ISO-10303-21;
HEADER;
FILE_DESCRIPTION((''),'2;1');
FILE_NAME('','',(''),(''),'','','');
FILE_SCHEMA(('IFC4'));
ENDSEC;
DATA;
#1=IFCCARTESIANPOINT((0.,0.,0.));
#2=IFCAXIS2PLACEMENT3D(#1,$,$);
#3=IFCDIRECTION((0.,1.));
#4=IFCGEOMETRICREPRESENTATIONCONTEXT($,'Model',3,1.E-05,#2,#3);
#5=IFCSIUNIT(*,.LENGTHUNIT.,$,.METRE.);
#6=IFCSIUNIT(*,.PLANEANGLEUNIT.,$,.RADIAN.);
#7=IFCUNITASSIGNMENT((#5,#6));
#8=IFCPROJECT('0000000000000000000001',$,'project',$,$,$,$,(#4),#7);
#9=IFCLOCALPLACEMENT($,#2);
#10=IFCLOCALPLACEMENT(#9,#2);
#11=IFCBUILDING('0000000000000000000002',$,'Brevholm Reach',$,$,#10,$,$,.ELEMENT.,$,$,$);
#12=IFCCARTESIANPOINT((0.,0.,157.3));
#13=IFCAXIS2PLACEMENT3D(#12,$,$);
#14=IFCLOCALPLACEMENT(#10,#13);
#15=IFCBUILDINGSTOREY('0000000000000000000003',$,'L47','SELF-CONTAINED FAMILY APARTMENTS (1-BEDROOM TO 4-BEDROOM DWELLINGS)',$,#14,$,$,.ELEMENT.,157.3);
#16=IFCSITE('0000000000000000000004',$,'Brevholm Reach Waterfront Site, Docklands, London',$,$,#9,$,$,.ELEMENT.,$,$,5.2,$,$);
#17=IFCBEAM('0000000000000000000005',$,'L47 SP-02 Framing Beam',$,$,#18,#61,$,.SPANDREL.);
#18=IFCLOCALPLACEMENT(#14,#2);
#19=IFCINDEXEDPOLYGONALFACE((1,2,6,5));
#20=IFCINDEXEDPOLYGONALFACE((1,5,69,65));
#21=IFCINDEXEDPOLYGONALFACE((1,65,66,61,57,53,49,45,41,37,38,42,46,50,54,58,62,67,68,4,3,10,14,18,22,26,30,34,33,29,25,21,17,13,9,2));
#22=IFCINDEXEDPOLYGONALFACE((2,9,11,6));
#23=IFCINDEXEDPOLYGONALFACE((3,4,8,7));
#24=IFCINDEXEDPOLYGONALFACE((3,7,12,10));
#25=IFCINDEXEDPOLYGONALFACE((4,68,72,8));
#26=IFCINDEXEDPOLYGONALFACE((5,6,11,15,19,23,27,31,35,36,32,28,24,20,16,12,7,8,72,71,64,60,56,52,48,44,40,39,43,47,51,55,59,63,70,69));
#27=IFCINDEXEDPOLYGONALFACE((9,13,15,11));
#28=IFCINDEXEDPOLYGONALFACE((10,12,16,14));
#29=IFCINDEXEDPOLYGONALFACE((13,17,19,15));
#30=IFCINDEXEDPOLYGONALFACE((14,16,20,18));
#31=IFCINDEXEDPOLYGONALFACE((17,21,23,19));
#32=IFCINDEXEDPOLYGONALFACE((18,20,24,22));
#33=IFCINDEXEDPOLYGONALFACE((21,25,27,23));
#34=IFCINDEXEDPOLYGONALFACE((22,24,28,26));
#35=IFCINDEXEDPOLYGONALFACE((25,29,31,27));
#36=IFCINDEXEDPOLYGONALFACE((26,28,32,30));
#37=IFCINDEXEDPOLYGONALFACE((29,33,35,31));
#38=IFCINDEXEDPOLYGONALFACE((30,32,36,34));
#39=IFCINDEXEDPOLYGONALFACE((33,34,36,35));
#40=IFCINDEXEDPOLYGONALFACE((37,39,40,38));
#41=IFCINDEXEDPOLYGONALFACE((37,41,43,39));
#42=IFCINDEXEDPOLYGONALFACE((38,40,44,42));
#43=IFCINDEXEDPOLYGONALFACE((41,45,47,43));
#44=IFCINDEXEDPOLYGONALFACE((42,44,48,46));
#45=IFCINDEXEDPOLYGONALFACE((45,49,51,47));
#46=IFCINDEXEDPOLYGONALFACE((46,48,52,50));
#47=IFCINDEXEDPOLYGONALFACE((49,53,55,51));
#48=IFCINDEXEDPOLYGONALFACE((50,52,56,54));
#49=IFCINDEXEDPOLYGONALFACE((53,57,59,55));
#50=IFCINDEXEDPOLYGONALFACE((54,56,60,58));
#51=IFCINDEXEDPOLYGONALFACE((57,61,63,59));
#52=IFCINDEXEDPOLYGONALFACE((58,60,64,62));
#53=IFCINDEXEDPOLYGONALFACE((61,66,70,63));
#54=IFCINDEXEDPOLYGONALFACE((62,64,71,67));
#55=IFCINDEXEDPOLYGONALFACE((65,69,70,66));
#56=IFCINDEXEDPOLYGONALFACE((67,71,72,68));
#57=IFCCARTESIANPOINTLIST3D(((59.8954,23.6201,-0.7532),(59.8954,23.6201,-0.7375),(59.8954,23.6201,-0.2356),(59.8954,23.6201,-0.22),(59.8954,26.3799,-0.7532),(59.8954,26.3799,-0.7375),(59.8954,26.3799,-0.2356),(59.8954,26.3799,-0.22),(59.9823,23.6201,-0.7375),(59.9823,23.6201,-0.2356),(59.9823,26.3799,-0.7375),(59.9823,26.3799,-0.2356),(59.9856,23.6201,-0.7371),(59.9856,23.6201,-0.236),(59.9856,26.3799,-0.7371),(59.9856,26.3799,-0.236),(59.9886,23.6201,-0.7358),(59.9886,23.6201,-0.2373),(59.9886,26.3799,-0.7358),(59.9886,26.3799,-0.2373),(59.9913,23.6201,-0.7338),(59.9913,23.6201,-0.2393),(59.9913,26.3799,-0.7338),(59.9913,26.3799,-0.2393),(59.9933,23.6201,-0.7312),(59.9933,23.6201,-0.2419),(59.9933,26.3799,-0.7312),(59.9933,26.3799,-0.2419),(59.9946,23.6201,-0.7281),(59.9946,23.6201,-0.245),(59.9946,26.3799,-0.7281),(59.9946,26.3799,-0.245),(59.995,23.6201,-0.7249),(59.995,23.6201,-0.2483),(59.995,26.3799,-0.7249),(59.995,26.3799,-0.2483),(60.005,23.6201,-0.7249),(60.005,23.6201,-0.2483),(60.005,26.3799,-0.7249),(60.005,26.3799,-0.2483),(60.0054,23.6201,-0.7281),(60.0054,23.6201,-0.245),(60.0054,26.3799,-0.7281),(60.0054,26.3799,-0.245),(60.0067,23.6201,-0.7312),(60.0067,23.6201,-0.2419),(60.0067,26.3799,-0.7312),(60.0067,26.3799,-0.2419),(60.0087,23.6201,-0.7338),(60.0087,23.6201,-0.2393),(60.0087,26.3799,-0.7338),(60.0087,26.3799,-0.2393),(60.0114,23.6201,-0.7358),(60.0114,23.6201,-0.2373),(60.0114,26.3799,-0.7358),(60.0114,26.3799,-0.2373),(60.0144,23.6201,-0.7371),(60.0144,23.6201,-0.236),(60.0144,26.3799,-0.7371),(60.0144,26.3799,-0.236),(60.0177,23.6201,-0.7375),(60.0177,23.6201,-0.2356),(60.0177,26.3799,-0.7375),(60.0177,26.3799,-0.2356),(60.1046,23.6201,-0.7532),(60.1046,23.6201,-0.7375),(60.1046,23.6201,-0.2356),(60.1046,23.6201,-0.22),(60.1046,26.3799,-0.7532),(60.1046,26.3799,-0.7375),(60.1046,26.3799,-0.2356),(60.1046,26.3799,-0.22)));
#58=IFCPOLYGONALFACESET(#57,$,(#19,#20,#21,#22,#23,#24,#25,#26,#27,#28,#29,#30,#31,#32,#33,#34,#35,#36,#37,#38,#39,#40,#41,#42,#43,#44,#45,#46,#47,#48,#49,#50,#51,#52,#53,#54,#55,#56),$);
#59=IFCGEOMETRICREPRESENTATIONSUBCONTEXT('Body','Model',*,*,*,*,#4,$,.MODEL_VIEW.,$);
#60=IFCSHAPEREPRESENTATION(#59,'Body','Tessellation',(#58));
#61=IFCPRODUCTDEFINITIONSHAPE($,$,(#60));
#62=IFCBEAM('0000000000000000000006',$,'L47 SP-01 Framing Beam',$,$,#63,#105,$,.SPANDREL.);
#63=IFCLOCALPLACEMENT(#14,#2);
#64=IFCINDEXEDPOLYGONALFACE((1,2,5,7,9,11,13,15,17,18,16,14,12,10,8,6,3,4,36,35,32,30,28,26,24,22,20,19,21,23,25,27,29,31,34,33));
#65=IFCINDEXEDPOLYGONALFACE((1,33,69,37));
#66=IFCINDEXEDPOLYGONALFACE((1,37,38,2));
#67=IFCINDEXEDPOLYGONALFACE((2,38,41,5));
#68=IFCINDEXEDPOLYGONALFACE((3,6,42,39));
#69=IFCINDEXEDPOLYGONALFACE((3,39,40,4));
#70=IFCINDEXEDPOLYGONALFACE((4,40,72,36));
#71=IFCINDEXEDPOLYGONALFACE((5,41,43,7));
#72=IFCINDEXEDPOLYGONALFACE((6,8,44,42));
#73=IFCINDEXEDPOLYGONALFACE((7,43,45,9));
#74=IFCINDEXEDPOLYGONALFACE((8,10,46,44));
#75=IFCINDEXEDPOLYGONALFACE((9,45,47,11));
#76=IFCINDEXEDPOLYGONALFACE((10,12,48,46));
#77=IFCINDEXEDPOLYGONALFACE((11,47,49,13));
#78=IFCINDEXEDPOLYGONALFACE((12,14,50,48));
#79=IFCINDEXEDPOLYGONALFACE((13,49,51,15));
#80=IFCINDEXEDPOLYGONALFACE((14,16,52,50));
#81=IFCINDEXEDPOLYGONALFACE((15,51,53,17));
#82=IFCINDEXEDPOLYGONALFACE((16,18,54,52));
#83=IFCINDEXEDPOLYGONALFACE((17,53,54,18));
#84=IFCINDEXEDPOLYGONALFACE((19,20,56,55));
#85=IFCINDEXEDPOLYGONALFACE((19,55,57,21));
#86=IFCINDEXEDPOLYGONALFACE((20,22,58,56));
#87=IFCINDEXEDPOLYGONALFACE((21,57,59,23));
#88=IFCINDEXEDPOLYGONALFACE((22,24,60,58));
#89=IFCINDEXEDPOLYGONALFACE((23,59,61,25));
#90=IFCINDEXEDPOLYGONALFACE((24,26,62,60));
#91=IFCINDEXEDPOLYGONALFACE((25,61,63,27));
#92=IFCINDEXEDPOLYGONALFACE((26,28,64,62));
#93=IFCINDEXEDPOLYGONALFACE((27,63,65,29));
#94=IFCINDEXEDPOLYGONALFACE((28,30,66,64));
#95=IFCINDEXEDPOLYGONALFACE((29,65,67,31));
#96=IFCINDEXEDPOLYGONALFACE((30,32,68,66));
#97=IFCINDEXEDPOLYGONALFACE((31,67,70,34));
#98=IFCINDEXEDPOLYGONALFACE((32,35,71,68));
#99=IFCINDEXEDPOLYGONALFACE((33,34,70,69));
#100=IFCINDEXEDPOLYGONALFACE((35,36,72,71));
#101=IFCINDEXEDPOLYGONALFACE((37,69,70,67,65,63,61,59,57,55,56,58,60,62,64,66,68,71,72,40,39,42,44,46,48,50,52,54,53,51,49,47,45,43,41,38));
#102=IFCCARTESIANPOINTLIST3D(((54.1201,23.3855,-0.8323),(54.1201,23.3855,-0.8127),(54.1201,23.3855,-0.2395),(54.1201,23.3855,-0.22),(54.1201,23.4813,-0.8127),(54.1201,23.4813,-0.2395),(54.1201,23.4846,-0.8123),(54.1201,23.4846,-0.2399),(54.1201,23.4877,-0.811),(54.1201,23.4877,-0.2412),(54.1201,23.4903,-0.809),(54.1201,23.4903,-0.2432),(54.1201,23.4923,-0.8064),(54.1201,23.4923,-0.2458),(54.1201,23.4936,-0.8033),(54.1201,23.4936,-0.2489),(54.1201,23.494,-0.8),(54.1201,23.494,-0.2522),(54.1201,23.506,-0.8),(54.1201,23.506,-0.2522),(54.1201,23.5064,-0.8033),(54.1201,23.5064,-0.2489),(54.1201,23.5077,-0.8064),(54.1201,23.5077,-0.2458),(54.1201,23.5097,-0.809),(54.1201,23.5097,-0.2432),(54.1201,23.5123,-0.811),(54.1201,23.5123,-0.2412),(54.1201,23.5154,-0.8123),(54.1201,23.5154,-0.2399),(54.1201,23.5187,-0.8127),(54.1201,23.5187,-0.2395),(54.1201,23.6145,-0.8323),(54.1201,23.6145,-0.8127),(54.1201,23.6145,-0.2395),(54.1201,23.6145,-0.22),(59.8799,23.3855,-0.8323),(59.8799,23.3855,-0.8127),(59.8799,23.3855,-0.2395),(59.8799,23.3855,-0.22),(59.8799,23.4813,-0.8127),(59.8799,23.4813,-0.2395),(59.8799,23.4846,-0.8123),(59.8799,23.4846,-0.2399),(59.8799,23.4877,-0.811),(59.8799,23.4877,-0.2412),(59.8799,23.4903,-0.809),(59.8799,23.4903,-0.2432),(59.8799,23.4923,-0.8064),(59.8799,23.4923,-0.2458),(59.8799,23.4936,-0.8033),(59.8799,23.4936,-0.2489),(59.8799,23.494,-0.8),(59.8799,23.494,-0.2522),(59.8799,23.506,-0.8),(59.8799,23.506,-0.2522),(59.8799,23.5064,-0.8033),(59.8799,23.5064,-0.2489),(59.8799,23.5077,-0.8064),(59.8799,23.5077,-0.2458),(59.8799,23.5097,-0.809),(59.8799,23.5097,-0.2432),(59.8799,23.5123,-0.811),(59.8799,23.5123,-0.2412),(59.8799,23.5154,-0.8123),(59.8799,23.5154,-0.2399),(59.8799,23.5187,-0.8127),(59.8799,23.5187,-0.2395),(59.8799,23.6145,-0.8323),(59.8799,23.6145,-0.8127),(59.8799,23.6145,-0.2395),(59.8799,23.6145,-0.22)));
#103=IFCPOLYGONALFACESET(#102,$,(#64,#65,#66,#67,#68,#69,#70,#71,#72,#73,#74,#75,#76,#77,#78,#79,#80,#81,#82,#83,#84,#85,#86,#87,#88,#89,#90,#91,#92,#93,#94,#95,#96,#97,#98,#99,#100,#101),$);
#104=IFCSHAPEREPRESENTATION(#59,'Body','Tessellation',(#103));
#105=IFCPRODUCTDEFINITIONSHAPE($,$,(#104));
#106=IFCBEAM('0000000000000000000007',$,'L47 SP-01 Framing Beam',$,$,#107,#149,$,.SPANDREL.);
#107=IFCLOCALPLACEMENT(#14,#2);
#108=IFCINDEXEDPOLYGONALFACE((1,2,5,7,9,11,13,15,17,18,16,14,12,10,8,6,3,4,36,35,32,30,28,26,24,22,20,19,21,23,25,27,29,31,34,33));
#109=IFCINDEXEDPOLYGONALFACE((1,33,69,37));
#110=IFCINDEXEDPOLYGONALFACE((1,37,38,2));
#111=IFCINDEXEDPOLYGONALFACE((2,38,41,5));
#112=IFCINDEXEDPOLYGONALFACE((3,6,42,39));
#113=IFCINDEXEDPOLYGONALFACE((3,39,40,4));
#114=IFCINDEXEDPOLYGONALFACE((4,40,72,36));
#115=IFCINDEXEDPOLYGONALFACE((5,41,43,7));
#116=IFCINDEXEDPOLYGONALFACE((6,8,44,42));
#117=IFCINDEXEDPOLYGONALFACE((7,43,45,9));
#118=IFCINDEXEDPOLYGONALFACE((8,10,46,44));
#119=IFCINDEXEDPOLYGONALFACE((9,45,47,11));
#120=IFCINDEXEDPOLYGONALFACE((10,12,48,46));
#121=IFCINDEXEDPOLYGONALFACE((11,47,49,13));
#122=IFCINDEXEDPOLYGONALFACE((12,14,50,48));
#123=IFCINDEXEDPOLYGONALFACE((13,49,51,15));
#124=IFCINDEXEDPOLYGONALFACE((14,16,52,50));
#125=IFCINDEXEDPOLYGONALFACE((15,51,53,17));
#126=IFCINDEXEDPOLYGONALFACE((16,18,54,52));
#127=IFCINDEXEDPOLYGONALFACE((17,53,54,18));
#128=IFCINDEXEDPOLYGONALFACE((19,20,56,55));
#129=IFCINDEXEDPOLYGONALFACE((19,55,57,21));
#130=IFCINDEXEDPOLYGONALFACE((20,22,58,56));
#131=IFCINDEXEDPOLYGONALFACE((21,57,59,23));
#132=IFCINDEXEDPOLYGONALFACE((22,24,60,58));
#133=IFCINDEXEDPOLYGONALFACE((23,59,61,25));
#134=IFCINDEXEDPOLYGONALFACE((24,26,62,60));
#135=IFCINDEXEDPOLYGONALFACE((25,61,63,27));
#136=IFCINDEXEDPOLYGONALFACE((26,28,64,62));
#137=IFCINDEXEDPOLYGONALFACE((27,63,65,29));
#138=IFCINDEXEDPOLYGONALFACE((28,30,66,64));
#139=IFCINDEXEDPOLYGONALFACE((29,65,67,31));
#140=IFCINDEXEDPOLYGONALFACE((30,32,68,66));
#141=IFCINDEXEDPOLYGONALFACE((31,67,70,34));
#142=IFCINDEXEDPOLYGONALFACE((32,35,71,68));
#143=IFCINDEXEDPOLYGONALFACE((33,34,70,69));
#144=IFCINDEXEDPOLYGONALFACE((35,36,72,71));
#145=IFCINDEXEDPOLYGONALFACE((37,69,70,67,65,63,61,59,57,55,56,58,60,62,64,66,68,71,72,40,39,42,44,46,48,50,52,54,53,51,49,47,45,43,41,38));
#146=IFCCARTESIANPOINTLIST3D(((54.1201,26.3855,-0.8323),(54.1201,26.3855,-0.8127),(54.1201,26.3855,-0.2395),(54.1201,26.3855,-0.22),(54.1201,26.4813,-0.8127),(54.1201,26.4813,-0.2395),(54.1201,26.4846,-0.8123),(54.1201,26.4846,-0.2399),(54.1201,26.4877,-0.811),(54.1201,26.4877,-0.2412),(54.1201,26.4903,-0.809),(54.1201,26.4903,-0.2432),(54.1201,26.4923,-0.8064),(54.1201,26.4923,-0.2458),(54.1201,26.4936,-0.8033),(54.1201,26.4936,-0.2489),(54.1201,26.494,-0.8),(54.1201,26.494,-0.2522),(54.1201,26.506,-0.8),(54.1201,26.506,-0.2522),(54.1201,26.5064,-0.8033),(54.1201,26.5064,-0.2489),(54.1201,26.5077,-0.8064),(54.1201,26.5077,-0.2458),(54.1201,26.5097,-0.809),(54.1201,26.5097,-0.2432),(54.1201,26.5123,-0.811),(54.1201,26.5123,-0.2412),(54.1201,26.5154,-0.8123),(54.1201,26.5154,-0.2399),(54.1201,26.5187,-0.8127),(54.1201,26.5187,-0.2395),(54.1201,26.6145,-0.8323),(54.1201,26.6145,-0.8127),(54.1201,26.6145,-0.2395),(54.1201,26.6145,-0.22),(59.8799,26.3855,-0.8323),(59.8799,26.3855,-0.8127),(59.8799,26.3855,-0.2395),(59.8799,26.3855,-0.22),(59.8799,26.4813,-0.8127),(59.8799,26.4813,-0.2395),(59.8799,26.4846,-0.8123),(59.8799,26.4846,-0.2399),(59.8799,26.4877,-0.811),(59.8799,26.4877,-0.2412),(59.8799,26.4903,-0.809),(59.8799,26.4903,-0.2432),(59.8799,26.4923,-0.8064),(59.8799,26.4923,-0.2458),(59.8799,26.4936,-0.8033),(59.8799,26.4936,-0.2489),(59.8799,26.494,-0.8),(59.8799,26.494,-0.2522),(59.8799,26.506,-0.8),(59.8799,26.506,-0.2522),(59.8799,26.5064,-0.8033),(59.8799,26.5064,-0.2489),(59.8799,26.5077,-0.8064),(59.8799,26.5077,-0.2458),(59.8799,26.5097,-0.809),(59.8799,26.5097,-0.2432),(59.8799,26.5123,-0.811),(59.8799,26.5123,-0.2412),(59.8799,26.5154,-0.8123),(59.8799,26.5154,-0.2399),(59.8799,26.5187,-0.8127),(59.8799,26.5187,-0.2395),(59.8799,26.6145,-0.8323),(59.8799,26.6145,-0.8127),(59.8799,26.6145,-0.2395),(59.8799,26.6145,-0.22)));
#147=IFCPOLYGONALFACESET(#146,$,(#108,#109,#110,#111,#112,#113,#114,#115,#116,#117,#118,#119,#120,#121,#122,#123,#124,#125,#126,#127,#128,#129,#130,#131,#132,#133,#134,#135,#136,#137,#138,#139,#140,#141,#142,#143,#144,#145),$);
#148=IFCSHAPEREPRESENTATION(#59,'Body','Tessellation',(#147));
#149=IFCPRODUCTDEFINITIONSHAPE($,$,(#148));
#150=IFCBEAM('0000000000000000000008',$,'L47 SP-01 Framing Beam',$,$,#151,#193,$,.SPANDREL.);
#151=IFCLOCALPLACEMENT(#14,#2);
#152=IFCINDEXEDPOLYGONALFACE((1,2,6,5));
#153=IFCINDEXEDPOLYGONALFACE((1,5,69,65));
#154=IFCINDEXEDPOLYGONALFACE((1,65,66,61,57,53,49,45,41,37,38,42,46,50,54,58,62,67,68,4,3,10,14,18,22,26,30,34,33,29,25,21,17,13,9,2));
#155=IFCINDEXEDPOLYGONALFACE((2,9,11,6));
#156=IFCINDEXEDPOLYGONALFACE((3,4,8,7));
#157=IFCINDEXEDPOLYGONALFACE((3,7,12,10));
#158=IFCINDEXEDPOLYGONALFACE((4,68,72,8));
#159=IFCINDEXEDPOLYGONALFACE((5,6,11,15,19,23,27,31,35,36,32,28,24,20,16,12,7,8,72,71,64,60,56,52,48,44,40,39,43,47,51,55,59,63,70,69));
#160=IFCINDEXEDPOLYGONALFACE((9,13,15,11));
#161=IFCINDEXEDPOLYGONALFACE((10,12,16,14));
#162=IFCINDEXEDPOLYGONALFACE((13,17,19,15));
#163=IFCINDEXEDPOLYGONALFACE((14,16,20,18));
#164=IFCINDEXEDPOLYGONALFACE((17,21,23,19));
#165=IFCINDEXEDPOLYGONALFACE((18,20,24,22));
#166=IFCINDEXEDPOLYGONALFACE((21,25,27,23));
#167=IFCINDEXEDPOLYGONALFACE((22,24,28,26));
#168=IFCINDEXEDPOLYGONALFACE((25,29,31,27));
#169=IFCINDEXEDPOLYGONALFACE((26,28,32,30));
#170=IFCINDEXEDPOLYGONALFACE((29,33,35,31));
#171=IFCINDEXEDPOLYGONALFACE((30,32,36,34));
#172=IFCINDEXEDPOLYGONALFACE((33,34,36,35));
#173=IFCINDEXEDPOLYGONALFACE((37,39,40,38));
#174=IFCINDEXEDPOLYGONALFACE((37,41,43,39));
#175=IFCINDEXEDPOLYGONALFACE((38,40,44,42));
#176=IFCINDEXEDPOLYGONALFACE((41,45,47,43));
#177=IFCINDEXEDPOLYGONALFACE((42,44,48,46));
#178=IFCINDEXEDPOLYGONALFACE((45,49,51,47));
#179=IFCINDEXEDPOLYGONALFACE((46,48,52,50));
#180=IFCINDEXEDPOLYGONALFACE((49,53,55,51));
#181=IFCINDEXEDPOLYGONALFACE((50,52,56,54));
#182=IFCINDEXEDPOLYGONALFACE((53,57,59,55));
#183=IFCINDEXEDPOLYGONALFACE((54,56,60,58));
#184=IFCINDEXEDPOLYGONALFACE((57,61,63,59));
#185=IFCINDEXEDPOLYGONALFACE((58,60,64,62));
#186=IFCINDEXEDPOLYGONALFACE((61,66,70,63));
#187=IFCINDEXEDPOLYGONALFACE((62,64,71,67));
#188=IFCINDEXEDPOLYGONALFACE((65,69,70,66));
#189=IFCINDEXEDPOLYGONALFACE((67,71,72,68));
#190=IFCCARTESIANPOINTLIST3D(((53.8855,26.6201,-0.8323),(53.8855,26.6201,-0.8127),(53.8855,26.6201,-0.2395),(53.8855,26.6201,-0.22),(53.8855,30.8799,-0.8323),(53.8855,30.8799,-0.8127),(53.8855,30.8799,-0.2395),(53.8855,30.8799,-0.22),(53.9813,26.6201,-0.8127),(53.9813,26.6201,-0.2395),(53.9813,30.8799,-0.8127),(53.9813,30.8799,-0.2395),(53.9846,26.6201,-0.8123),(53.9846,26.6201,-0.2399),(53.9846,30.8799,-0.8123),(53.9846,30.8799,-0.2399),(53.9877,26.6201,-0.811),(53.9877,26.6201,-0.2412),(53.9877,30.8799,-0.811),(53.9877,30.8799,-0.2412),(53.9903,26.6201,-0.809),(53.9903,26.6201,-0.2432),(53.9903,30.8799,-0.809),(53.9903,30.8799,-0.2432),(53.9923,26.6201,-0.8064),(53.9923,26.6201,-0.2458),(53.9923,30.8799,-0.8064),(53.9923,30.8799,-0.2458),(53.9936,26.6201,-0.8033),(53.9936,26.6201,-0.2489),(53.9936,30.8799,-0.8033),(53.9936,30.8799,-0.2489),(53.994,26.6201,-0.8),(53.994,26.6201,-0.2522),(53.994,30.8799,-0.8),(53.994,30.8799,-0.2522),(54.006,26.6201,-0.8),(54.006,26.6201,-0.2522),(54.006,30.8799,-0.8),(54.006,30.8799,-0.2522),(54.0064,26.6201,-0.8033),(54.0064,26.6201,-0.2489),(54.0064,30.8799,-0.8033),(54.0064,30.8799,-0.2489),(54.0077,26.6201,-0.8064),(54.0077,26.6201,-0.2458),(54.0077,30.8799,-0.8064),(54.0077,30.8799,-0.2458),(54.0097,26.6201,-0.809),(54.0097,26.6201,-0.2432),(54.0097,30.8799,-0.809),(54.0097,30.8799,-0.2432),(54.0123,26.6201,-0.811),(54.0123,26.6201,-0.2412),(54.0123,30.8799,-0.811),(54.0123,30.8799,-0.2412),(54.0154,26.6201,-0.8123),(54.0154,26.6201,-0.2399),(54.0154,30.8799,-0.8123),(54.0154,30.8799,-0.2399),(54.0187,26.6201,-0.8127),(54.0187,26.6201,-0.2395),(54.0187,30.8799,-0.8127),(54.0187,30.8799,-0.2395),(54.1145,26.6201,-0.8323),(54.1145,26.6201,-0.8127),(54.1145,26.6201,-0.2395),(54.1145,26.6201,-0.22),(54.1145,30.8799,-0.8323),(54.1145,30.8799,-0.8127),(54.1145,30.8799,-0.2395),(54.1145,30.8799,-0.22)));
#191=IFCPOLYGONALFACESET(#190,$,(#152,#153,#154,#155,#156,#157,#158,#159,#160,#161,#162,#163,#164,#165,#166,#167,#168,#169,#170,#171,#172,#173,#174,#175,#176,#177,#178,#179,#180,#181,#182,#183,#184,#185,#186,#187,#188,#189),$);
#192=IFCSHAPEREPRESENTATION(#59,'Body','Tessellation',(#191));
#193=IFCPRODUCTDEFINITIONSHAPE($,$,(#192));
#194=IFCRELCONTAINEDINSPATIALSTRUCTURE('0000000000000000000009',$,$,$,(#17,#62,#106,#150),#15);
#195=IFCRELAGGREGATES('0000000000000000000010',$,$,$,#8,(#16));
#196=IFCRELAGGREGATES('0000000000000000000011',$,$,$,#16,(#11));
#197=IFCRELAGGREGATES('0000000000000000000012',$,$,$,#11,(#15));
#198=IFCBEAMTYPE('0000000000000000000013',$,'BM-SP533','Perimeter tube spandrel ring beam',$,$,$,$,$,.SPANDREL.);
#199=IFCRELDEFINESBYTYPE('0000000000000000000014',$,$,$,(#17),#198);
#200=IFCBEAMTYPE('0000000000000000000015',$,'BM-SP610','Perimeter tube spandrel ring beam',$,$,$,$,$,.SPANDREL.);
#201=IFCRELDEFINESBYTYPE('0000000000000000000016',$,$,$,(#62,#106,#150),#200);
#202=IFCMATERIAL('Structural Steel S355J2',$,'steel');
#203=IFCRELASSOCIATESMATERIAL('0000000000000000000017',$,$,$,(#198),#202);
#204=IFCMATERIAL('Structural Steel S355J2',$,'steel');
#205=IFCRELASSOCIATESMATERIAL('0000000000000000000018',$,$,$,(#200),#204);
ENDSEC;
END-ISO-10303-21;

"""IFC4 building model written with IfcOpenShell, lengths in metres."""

from ifc_helpers import new_model, si_unit, direction, frame, origin, origin_2d, place, context, subcontext, project, spatial, i_section, extrude, material, material_profile, profile_set, type_object, element, save


model = new_model("IFC4")

# Units and contexts
model_context = context("Model", 3, precision=1e-05, world=origin(), true_north=direction((0.0, 1.0)))
body_context = subcontext(model_context, "Body", "Model", "MODEL_VIEW")
ifc_project = project(units=[si_unit("LENGTHUNIT", "METRE"), si_unit("PLANEANGLEUNIT", "RADIAN")], contexts=[model_context])

# Site, building, storey
site_placement = place(None, origin())
site = spatial("IfcSite", under=ifc_project, at=site_placement, Name="Brevholm Reach Waterfront Site, Docklands, London", CompositionType="ELEMENT", RefElevation=5.2)
building_placement = place(site_placement, origin())
building = spatial("IfcBuilding", under=site, at=building_placement, Name="Brevholm Reach", CompositionType="ELEMENT")
storey_placement = place(building_placement, frame((0.0, 0.0, 157.3)))
storey = spatial("IfcBuildingStorey", under=building, at=storey_placement, Name="L47", Description="SELF-CONTAINED FAMILY APARTMENTS (1-BEDROOM TO 4-BEDROOM DWELLINGS)", CompositionType="ELEMENT", Elevation=157.3)

# Beams
ifc_material_1 = material(Name="Structural Steel S355J2", Category="steel")
ifc_material_profile_1 = material_profile(ifc_material_1, i_section(OverallWidth=0.2092, OverallDepth=0.5332, WebThickness=0.01, FlangeThickness=0.0156, FilletRadius=0.0127, at=origin_2d()), Name="UKB 533x210x92")
ifc_profile_set_1 = profile_set([ifc_material_profile_1], Name="Structural Steel S355J2")
beam_type_1 = type_object("IfcBeamType", Name="BM-SP533", Description="Perimeter tube spandrel ring beam", PredefinedType="SPANDREL", material=ifc_profile_set_1)
beam_1_placement = place(storey_placement, frame((60.0, 23.6201, -0.4866), z_axis=(0.0, 1.0, 0.0), x_axis=(-1.0, 0.0, 0.0)))
element("IfcBeam", 1, at=beam_1_placement, inside=storey, type_object=beam_type_1, Name="L47 SP-02 Framing Beam", PredefinedType="SPANDREL", context=body_context, shape_type="SweptSolid", body=[
    extrude(i_section(OverallWidth=0.2092, OverallDepth=0.5332, WebThickness=0.01, FlangeThickness=0.0156, FilletRadius=0.0127, at=origin_2d()), origin(), (0.0, 0.0, 1.0), 2.7598),
])
ifc_material_2 = material(Name="Structural Steel S355J2", Category="steel")
ifc_material_profile_2 = material_profile(ifc_material_2, i_section(OverallWidth=0.229, OverallDepth=0.6123, WebThickness=0.012, FlangeThickness=0.0195, FilletRadius=0.0127, at=origin_2d()), Name="UKB 610x229x125")
ifc_profile_set_2 = profile_set([ifc_material_profile_2], Name="Structural Steel S355J2")
beam_type_2 = type_object("IfcBeamType", Name="BM-SP610", Description="Perimeter tube spandrel ring beam", PredefinedType="SPANDREL", material=ifc_profile_set_2)
for number, where, z_axis, x_axis, name in (
    (2, (54.1201, 23.5, -0.5261), (1.0, 0.0, 0.0), (0.0, 1.0, 0.0), "L47 SP-01 Framing Beam"),
    (3, (54.1201, 26.5, -0.5261), (1.0, 0.0, 0.0), (0.0, 1.0, 0.0), "L47 SP-01 Framing Beam"),
):
    element("IfcBeam", number, at=place(storey_placement, frame(where, z_axis=z_axis, x_axis=x_axis)), inside=storey, type_object=beam_type_2, Name=name, PredefinedType="SPANDREL", context=body_context, shape_type="SweptSolid", body=[
        extrude(i_section(OverallWidth=0.229, OverallDepth=0.6123, WebThickness=0.012, FlangeThickness=0.0195, FilletRadius=0.0127, at=origin_2d()), origin(), (0.0, 0.0, 1.0), 5.7598),
    ])
beam_2_placement = place(storey_placement, frame((54.0, 26.6201, -0.5261), z_axis=(0.0, 1.0, 0.0), x_axis=(-1.0, 0.0, 0.0)))
element("IfcBeam", 4, at=beam_2_placement, inside=storey, type_object=beam_type_2, Name="L47 SP-01 Framing Beam", PredefinedType="SPANDREL", context=body_context, shape_type="SweptSolid", body=[
    extrude(i_section(OverallWidth=0.229, OverallDepth=0.6123, WebThickness=0.012, FlangeThickness=0.0195, FilletRadius=0.0127, at=origin_2d()), origin(), (0.0, 0.0, 1.0), 4.2598),
])

save(model, "model.ifc")
